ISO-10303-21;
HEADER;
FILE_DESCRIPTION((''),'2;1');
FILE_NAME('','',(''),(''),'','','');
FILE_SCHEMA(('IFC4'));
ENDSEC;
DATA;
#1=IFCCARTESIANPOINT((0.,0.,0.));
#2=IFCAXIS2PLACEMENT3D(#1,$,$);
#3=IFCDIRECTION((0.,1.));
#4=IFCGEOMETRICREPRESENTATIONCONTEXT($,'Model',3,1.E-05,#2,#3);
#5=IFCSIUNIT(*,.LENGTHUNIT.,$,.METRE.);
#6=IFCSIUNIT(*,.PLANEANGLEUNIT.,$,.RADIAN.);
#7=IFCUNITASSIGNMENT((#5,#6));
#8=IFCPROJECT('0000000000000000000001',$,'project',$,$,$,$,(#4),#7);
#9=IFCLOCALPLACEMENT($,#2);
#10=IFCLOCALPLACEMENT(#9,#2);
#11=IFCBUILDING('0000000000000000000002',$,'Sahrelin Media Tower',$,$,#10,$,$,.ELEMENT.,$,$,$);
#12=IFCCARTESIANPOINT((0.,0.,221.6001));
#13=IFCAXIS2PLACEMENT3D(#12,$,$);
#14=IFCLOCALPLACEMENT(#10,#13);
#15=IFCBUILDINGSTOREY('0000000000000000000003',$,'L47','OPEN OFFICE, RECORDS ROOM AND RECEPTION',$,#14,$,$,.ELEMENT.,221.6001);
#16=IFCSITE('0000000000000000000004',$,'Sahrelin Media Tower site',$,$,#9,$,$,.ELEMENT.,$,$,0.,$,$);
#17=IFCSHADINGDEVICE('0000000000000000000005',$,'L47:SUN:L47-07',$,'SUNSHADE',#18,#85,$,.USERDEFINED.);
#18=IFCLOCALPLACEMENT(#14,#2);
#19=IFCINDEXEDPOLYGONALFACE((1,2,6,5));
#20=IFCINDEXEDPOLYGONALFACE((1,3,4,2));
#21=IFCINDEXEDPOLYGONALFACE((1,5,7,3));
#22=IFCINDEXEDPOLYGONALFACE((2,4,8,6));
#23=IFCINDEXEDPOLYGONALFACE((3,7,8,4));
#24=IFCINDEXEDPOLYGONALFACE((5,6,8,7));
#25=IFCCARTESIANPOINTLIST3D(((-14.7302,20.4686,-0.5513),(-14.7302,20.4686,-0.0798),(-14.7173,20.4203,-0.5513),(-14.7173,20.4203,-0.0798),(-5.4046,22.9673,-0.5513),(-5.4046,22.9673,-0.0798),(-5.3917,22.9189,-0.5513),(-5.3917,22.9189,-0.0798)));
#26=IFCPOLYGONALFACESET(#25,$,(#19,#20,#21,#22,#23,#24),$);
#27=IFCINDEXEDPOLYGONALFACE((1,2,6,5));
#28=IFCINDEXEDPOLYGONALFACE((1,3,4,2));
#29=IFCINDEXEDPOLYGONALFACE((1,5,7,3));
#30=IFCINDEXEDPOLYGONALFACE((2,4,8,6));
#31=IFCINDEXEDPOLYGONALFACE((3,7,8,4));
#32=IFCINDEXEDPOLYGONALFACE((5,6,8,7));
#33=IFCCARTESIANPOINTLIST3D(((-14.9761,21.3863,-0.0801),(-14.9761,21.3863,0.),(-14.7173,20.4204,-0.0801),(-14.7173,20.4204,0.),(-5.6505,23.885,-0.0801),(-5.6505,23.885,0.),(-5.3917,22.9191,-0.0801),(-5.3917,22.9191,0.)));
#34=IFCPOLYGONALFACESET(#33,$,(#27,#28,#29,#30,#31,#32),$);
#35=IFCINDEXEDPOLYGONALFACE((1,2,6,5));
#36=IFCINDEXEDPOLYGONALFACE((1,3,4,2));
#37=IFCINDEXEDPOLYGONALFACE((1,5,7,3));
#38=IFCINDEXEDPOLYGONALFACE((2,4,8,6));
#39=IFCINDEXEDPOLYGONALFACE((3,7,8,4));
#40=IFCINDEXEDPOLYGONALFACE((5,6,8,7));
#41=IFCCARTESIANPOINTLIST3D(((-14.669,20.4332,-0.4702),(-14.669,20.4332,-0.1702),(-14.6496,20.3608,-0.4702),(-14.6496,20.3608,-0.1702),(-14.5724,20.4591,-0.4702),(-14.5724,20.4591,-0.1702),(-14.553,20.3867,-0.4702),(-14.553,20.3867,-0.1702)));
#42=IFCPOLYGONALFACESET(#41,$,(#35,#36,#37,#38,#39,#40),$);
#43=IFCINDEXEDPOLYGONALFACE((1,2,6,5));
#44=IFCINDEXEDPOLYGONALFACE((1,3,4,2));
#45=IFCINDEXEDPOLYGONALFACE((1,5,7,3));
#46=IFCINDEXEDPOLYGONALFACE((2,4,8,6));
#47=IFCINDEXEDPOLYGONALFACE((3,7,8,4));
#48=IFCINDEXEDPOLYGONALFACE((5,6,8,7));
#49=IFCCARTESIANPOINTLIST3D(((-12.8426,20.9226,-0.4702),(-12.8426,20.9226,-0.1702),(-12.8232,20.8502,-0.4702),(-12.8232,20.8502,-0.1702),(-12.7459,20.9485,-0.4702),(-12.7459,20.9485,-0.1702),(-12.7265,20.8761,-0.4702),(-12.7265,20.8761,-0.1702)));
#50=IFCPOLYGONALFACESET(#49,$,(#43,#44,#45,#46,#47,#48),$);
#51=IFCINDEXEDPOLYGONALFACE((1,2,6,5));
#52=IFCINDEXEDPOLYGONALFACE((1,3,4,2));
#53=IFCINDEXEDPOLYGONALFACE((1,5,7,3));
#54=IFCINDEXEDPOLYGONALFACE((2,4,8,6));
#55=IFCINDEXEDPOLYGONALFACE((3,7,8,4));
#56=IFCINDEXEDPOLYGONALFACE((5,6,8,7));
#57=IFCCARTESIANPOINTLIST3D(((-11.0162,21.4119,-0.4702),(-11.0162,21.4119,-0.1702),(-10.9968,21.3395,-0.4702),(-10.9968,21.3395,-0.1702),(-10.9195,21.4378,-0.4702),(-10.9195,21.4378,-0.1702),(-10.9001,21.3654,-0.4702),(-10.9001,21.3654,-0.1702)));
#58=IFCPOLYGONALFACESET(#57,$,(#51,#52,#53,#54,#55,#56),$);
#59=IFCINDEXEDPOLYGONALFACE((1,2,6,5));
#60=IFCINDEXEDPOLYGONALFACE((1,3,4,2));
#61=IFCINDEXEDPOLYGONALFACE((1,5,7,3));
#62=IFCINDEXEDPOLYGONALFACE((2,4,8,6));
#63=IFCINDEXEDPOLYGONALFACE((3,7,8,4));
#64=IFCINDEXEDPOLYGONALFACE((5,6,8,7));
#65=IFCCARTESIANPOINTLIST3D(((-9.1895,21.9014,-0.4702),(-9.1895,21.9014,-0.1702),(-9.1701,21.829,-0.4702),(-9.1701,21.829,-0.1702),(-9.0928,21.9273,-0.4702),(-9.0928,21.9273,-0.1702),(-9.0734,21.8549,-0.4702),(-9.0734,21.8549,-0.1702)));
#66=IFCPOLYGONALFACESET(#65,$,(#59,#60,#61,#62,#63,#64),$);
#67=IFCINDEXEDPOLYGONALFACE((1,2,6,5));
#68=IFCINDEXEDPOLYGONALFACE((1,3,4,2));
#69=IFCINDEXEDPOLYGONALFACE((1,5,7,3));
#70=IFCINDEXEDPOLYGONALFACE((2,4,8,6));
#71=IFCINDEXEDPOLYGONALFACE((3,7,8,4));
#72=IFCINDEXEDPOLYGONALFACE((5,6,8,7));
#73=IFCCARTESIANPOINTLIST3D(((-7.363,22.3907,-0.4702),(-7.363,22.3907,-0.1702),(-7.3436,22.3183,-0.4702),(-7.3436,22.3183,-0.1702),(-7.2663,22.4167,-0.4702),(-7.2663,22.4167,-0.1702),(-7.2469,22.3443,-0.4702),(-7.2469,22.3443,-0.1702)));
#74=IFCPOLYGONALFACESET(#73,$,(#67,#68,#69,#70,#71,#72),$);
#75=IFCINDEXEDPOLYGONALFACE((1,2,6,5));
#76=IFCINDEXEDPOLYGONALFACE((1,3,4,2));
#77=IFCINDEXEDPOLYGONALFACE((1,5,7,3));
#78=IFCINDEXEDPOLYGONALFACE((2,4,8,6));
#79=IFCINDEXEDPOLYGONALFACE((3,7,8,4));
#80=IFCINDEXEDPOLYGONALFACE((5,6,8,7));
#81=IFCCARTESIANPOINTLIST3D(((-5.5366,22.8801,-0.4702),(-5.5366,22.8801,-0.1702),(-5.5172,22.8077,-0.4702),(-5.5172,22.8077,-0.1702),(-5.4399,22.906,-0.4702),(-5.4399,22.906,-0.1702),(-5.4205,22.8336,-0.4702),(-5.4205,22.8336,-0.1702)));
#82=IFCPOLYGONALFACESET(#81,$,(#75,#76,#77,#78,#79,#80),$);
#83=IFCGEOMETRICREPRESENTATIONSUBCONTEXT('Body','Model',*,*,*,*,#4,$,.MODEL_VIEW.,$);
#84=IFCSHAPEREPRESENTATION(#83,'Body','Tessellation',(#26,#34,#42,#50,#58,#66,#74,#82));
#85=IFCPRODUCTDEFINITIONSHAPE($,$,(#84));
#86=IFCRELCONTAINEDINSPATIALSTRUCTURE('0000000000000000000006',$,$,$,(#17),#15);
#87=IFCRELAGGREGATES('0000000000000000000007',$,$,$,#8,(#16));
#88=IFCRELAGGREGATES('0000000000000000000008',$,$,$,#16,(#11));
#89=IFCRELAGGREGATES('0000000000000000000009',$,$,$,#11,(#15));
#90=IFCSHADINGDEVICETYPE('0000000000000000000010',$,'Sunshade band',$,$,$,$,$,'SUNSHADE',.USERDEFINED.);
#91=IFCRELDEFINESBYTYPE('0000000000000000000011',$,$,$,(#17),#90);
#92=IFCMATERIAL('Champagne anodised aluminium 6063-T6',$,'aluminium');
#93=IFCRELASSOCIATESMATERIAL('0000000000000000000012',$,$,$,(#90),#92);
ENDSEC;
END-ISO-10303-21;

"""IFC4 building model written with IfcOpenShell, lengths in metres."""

from ifc_helpers import new_model, si_unit, direction, frame, origin, origin_2d, place, context, subcontext, project, spatial, rectangle, extrude, material, type_object, element, save


model = new_model("IFC4")

# Units and contexts
model_context = context("Model", 3, precision=1e-05, world=origin(), true_north=direction((0.0, 1.0)))
body_context = subcontext(model_context, "Body", "Model", "MODEL_VIEW")
ifc_project = project(units=[si_unit("LENGTHUNIT", "METRE"), si_unit("PLANEANGLEUNIT", "RADIAN")], contexts=[model_context])

# Site, building, storey
site_placement = place(None, origin())
site = spatial("IfcSite", under=ifc_project, at=site_placement, Name="Sahrelin Media Tower site", CompositionType="ELEMENT", RefElevation=0.0)
building_placement = place(site_placement, origin())
building = spatial("IfcBuilding", under=site, at=building_placement, Name="Sahrelin Media Tower", CompositionType="ELEMENT")
storey_placement = place(building_placement, frame((0.0, 0.0, 221.6001)))
storey = spatial("IfcBuildingStorey", under=building, at=storey_placement, Name="L47", Description="OPEN OFFICE, RECORDS ROOM AND RECEPTION", CompositionType="ELEMENT", Elevation=221.6001)

# Shared definitions
ifc_material_1 = material(Name="Champagne anodised aluminium 6063-T6", Category="aluminium")

# Shading device
placement_1 = place(storey_placement, frame((-10.0493, 21.6504, 0.0), z_axis=(0.0, 0.0, 1.0), x_axis=(0.965929, 0.258808, 0.0)))
shading_device_type_1 = type_object("IfcShadingDeviceType", Name="Sunshade band", ElementType="SUNSHADE", PredefinedType="USERDEFINED", material=ifc_material_1)
element("IfcShadingDevice", 1, at=placement_1, inside=storey, type_object=shading_device_type_1, Name="L47:SUN:L47-07", ObjectType="SUNSHADE", PredefinedType="USERDEFINED", context=body_context, shape_type="SweptSolid", body=[
    extrude(rectangle(XDim=9.6545, YDim=0.05, at=origin_2d()), frame((0.0, 0.0449, -0.5513)), (0.0, 0.0, 1.0), 0.4714),
    extrude(rectangle(XDim=9.6545, YDim=1.0, at=origin_2d()), frame((0.0, 0.52, -0.0801)), (0.0, 0.0, 1.0), 0.0801),
    extrude(rectangle(XDim=0.1001, YDim=0.075, at=origin_2d()), frame((-4.7273, -0.0176, -0.4702)), (0.0, 0.0, 1.0), 0.3),
    extrude(rectangle(XDim=0.1001, YDim=0.075, at=origin_2d()), frame((-2.8364, -0.0176, -0.4702)), (0.0, 0.0, 1.0), 0.3),
    extrude(rectangle(XDim=0.1001, YDim=0.075, at=origin_2d()), frame((-0.9456, -0.0176, -0.4702)), (0.0, 0.0, 1.0), 0.3),
    extrude(rectangle(XDim=0.1001, YDim=0.075, at=origin_2d()), frame((0.9456, -0.0176, -0.4702)), (0.0, 0.0, 1.0), 0.3),
    extrude(rectangle(XDim=0.1001, YDim=0.075, at=origin_2d()), frame((2.8364, -0.0176, -0.4702)), (0.0, 0.0, 1.0), 0.3),
    extrude(rectangle(XDim=0.1001, YDim=0.075, at=origin_2d()), frame((4.7273, -0.0176, -0.4702)), (0.0, 0.0, 1.0), 0.3),
])

save(model, "model.ifc")
